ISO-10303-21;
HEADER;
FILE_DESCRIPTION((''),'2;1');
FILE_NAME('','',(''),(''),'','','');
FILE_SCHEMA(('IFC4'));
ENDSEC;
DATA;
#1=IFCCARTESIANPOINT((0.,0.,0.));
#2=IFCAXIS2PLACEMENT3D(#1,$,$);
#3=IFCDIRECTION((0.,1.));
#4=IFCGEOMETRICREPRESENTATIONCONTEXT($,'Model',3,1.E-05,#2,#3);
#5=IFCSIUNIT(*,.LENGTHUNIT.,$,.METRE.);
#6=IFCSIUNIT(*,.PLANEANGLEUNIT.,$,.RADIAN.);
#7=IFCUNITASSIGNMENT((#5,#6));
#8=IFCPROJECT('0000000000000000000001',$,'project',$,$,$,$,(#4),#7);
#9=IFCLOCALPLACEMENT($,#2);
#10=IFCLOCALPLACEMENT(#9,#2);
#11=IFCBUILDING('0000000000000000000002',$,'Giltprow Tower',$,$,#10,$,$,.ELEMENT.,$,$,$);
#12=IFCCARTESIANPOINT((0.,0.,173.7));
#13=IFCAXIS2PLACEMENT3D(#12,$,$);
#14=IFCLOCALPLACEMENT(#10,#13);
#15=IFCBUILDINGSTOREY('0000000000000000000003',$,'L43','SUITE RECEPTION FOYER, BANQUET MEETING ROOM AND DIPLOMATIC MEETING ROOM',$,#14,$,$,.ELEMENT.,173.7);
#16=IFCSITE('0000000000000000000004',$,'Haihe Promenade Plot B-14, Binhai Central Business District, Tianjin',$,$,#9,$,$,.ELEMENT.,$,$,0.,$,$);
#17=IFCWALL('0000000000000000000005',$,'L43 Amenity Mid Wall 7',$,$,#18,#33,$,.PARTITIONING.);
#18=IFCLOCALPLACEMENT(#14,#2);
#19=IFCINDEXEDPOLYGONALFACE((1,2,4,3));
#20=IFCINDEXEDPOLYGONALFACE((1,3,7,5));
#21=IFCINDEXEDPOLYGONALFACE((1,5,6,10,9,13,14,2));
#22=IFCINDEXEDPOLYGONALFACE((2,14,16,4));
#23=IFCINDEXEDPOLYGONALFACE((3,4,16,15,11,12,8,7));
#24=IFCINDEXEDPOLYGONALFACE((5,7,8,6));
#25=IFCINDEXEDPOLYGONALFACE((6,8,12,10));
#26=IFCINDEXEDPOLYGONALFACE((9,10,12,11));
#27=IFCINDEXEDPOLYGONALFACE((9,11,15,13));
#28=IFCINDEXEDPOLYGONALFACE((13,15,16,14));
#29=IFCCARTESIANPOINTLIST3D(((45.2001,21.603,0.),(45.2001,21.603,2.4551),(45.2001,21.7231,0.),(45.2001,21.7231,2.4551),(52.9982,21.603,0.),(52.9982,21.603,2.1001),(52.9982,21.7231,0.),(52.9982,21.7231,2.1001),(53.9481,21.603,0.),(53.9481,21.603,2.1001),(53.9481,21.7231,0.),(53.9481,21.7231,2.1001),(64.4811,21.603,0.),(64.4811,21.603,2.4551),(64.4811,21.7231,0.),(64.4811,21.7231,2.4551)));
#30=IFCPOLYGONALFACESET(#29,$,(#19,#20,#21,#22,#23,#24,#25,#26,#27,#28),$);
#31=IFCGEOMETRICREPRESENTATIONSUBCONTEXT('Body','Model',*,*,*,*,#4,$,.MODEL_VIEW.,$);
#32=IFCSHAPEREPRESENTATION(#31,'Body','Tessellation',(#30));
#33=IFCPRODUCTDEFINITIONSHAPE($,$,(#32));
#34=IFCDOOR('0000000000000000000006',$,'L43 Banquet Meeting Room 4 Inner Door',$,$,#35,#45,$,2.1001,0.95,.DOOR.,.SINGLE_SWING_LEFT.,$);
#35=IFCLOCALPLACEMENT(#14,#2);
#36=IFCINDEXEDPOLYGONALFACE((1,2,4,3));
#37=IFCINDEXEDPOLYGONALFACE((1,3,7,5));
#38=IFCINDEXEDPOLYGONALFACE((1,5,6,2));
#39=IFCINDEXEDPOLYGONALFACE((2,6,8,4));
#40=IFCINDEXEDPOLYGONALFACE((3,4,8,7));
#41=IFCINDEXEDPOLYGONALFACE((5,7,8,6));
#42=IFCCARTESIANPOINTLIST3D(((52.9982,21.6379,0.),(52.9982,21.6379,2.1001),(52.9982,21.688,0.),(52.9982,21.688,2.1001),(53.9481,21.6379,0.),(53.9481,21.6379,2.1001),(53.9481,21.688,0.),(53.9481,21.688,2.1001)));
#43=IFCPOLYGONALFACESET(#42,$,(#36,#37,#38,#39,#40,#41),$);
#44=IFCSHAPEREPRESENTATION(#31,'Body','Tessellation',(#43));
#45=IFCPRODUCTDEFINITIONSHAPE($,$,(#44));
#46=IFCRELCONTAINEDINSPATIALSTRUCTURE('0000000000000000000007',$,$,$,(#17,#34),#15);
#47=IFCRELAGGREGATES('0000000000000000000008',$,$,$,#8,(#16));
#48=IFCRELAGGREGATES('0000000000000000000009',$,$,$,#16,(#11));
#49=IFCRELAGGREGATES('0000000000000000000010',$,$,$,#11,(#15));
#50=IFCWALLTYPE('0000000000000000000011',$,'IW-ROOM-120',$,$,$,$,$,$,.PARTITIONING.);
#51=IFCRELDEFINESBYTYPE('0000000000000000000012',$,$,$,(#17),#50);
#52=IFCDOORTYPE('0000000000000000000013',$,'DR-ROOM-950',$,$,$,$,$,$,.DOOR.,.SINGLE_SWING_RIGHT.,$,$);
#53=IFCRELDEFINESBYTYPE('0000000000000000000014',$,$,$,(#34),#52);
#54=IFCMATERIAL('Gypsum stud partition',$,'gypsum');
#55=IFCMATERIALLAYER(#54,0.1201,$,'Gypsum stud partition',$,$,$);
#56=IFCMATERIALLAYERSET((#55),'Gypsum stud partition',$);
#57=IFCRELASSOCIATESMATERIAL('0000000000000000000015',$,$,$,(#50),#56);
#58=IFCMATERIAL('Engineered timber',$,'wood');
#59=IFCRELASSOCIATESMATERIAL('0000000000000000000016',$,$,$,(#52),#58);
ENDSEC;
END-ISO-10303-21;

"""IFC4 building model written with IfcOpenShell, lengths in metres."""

from ifc_helpers import new_model, si_unit, direction, frame, frame_2d, origin, place, context, subcontext, project, spatial, rectangle, extrude, source, transform, mapped, material, layer, layer_set, type_object, element, fill, save


model = new_model("IFC4")

# Units and contexts
model_context = context("Model", 3, precision=1e-05, world=origin(), true_north=direction((0.0, 1.0)))
body_context = subcontext(model_context, "Body", "Model", "MODEL_VIEW")
ifc_project = project(units=[si_unit("LENGTHUNIT", "METRE"), si_unit("PLANEANGLEUNIT", "RADIAN")], contexts=[model_context])

# Site, building, storey
site_placement = place(None, origin())
site = spatial("IfcSite", under=ifc_project, at=site_placement, Name="Haihe Promenade Plot B-14, Binhai Central Business District, Tianjin", CompositionType="ELEMENT", RefElevation=0.0)
building_placement = place(site_placement, origin())
building = spatial("IfcBuilding", under=site, at=building_placement, Name="Giltprow Tower", CompositionType="ELEMENT")
storey_placement = place(building_placement, frame((0.0, 0.0, 173.7)))
storey = spatial("IfcBuildingStorey", under=building, at=storey_placement, Name="L43", Description="SUITE RECEPTION FOYER, BANQUET MEETING ROOM AND DIPLOMATIC MEETING ROOM", CompositionType="ELEMENT", Elevation=173.7)

# Wall, opening, door
ifc_material_1 = material(Name="Gypsum stud partition", Category="gypsum")
ifc_layer = layer(ifc_material_1, 0.1201, Name="Gypsum stud partition")
ifc_layer_set = layer_set([ifc_layer], Name="Gypsum stud partition")
wall_type = type_object("IfcWallType", Name="IW-ROOM-120", PredefinedType="PARTITIONING", material=ifc_layer_set)
ifc_material_2 = material(Name="Engineered timber", Category="wood")
door_type = type_object("IfcDoorType", Name="DR-ROOM-950", OperationType="SINGLE_SWING_RIGHT", PredefinedType="DOOR", material=ifc_material_2)
shared_shape_1 = source(origin(), body_context, "Body", "SweptSolid", [
    extrude(rectangle(XDim=0.95, YDim=2.1001, at=frame_2d((0.4751, 1.05))), frame((0.0, 0.0249, 0.0), z_axis=(0.0, -1.0, 0.0), x_axis=(1.0, 0.0, 0.0)), (0.0, 0.0, 1.0), 0.05),
])
wall_1_placement = place(storey_placement, frame((45.2, 21.6631, 0.0), z_axis=(0.0, 0.0, 1.0), x_axis=(1.0, 0.0, 0.0)))
wall_1 = element("IfcWall", 1, at=wall_1_placement, inside=storey, type_object=wall_type, Name="L43 Amenity Mid Wall 7", PredefinedType="PARTITIONING", context=body_context, shape_type="SweptSolid", body=[
    extrude(rectangle(XDim=19.281, YDim=0.1201, at=frame_2d((9.6406, 0.0))), origin(), (0.0, 0.0, 1.0), 2.4551),
])
opening_1_placement = place(wall_1_placement, frame((7.7981, 0.0, 0.0)))
opening_1 = element("IfcOpeningElement", 2, at=opening_1_placement, cuts=wall_1, PredefinedType="OPENING", context=body_context, shape_type="SweptSolid", body=[
    extrude(rectangle(XDim=0.95, YDim=2.1001, at=frame_2d((0.4751, 1.05))), frame((0.0, 0.0701, 0.0), z_axis=(0.0, -1.0, 0.0), x_axis=(1.0, 0.0, 0.0)), (0.0, 0.0, 1.0), 0.1401),
])
door_1_placement = place(opening_1_placement, origin())
door_1 = element("IfcDoor", 3, at=door_1_placement, inside=storey, type_object=door_type, Name="L43 Banquet Meeting Room 4 Inner Door", OperationType="SINGLE_SWING_LEFT", OverallHeight=2.1001, OverallWidth=0.95, PredefinedType="DOOR", context=body_context, shape_type="MappedRepresentation", body=[
    mapped(shared_shape_1, transform((0.0, 0.0, 0.0), x_axis=(1.0, 0.0, 0.0), y_axis=(0.0, 1.0, 0.0), z_axis=(0.0, 0.0, 1.0), scale=1.0)),
])
fill(opening_1, door_1)

save(model, "model.ifc")
